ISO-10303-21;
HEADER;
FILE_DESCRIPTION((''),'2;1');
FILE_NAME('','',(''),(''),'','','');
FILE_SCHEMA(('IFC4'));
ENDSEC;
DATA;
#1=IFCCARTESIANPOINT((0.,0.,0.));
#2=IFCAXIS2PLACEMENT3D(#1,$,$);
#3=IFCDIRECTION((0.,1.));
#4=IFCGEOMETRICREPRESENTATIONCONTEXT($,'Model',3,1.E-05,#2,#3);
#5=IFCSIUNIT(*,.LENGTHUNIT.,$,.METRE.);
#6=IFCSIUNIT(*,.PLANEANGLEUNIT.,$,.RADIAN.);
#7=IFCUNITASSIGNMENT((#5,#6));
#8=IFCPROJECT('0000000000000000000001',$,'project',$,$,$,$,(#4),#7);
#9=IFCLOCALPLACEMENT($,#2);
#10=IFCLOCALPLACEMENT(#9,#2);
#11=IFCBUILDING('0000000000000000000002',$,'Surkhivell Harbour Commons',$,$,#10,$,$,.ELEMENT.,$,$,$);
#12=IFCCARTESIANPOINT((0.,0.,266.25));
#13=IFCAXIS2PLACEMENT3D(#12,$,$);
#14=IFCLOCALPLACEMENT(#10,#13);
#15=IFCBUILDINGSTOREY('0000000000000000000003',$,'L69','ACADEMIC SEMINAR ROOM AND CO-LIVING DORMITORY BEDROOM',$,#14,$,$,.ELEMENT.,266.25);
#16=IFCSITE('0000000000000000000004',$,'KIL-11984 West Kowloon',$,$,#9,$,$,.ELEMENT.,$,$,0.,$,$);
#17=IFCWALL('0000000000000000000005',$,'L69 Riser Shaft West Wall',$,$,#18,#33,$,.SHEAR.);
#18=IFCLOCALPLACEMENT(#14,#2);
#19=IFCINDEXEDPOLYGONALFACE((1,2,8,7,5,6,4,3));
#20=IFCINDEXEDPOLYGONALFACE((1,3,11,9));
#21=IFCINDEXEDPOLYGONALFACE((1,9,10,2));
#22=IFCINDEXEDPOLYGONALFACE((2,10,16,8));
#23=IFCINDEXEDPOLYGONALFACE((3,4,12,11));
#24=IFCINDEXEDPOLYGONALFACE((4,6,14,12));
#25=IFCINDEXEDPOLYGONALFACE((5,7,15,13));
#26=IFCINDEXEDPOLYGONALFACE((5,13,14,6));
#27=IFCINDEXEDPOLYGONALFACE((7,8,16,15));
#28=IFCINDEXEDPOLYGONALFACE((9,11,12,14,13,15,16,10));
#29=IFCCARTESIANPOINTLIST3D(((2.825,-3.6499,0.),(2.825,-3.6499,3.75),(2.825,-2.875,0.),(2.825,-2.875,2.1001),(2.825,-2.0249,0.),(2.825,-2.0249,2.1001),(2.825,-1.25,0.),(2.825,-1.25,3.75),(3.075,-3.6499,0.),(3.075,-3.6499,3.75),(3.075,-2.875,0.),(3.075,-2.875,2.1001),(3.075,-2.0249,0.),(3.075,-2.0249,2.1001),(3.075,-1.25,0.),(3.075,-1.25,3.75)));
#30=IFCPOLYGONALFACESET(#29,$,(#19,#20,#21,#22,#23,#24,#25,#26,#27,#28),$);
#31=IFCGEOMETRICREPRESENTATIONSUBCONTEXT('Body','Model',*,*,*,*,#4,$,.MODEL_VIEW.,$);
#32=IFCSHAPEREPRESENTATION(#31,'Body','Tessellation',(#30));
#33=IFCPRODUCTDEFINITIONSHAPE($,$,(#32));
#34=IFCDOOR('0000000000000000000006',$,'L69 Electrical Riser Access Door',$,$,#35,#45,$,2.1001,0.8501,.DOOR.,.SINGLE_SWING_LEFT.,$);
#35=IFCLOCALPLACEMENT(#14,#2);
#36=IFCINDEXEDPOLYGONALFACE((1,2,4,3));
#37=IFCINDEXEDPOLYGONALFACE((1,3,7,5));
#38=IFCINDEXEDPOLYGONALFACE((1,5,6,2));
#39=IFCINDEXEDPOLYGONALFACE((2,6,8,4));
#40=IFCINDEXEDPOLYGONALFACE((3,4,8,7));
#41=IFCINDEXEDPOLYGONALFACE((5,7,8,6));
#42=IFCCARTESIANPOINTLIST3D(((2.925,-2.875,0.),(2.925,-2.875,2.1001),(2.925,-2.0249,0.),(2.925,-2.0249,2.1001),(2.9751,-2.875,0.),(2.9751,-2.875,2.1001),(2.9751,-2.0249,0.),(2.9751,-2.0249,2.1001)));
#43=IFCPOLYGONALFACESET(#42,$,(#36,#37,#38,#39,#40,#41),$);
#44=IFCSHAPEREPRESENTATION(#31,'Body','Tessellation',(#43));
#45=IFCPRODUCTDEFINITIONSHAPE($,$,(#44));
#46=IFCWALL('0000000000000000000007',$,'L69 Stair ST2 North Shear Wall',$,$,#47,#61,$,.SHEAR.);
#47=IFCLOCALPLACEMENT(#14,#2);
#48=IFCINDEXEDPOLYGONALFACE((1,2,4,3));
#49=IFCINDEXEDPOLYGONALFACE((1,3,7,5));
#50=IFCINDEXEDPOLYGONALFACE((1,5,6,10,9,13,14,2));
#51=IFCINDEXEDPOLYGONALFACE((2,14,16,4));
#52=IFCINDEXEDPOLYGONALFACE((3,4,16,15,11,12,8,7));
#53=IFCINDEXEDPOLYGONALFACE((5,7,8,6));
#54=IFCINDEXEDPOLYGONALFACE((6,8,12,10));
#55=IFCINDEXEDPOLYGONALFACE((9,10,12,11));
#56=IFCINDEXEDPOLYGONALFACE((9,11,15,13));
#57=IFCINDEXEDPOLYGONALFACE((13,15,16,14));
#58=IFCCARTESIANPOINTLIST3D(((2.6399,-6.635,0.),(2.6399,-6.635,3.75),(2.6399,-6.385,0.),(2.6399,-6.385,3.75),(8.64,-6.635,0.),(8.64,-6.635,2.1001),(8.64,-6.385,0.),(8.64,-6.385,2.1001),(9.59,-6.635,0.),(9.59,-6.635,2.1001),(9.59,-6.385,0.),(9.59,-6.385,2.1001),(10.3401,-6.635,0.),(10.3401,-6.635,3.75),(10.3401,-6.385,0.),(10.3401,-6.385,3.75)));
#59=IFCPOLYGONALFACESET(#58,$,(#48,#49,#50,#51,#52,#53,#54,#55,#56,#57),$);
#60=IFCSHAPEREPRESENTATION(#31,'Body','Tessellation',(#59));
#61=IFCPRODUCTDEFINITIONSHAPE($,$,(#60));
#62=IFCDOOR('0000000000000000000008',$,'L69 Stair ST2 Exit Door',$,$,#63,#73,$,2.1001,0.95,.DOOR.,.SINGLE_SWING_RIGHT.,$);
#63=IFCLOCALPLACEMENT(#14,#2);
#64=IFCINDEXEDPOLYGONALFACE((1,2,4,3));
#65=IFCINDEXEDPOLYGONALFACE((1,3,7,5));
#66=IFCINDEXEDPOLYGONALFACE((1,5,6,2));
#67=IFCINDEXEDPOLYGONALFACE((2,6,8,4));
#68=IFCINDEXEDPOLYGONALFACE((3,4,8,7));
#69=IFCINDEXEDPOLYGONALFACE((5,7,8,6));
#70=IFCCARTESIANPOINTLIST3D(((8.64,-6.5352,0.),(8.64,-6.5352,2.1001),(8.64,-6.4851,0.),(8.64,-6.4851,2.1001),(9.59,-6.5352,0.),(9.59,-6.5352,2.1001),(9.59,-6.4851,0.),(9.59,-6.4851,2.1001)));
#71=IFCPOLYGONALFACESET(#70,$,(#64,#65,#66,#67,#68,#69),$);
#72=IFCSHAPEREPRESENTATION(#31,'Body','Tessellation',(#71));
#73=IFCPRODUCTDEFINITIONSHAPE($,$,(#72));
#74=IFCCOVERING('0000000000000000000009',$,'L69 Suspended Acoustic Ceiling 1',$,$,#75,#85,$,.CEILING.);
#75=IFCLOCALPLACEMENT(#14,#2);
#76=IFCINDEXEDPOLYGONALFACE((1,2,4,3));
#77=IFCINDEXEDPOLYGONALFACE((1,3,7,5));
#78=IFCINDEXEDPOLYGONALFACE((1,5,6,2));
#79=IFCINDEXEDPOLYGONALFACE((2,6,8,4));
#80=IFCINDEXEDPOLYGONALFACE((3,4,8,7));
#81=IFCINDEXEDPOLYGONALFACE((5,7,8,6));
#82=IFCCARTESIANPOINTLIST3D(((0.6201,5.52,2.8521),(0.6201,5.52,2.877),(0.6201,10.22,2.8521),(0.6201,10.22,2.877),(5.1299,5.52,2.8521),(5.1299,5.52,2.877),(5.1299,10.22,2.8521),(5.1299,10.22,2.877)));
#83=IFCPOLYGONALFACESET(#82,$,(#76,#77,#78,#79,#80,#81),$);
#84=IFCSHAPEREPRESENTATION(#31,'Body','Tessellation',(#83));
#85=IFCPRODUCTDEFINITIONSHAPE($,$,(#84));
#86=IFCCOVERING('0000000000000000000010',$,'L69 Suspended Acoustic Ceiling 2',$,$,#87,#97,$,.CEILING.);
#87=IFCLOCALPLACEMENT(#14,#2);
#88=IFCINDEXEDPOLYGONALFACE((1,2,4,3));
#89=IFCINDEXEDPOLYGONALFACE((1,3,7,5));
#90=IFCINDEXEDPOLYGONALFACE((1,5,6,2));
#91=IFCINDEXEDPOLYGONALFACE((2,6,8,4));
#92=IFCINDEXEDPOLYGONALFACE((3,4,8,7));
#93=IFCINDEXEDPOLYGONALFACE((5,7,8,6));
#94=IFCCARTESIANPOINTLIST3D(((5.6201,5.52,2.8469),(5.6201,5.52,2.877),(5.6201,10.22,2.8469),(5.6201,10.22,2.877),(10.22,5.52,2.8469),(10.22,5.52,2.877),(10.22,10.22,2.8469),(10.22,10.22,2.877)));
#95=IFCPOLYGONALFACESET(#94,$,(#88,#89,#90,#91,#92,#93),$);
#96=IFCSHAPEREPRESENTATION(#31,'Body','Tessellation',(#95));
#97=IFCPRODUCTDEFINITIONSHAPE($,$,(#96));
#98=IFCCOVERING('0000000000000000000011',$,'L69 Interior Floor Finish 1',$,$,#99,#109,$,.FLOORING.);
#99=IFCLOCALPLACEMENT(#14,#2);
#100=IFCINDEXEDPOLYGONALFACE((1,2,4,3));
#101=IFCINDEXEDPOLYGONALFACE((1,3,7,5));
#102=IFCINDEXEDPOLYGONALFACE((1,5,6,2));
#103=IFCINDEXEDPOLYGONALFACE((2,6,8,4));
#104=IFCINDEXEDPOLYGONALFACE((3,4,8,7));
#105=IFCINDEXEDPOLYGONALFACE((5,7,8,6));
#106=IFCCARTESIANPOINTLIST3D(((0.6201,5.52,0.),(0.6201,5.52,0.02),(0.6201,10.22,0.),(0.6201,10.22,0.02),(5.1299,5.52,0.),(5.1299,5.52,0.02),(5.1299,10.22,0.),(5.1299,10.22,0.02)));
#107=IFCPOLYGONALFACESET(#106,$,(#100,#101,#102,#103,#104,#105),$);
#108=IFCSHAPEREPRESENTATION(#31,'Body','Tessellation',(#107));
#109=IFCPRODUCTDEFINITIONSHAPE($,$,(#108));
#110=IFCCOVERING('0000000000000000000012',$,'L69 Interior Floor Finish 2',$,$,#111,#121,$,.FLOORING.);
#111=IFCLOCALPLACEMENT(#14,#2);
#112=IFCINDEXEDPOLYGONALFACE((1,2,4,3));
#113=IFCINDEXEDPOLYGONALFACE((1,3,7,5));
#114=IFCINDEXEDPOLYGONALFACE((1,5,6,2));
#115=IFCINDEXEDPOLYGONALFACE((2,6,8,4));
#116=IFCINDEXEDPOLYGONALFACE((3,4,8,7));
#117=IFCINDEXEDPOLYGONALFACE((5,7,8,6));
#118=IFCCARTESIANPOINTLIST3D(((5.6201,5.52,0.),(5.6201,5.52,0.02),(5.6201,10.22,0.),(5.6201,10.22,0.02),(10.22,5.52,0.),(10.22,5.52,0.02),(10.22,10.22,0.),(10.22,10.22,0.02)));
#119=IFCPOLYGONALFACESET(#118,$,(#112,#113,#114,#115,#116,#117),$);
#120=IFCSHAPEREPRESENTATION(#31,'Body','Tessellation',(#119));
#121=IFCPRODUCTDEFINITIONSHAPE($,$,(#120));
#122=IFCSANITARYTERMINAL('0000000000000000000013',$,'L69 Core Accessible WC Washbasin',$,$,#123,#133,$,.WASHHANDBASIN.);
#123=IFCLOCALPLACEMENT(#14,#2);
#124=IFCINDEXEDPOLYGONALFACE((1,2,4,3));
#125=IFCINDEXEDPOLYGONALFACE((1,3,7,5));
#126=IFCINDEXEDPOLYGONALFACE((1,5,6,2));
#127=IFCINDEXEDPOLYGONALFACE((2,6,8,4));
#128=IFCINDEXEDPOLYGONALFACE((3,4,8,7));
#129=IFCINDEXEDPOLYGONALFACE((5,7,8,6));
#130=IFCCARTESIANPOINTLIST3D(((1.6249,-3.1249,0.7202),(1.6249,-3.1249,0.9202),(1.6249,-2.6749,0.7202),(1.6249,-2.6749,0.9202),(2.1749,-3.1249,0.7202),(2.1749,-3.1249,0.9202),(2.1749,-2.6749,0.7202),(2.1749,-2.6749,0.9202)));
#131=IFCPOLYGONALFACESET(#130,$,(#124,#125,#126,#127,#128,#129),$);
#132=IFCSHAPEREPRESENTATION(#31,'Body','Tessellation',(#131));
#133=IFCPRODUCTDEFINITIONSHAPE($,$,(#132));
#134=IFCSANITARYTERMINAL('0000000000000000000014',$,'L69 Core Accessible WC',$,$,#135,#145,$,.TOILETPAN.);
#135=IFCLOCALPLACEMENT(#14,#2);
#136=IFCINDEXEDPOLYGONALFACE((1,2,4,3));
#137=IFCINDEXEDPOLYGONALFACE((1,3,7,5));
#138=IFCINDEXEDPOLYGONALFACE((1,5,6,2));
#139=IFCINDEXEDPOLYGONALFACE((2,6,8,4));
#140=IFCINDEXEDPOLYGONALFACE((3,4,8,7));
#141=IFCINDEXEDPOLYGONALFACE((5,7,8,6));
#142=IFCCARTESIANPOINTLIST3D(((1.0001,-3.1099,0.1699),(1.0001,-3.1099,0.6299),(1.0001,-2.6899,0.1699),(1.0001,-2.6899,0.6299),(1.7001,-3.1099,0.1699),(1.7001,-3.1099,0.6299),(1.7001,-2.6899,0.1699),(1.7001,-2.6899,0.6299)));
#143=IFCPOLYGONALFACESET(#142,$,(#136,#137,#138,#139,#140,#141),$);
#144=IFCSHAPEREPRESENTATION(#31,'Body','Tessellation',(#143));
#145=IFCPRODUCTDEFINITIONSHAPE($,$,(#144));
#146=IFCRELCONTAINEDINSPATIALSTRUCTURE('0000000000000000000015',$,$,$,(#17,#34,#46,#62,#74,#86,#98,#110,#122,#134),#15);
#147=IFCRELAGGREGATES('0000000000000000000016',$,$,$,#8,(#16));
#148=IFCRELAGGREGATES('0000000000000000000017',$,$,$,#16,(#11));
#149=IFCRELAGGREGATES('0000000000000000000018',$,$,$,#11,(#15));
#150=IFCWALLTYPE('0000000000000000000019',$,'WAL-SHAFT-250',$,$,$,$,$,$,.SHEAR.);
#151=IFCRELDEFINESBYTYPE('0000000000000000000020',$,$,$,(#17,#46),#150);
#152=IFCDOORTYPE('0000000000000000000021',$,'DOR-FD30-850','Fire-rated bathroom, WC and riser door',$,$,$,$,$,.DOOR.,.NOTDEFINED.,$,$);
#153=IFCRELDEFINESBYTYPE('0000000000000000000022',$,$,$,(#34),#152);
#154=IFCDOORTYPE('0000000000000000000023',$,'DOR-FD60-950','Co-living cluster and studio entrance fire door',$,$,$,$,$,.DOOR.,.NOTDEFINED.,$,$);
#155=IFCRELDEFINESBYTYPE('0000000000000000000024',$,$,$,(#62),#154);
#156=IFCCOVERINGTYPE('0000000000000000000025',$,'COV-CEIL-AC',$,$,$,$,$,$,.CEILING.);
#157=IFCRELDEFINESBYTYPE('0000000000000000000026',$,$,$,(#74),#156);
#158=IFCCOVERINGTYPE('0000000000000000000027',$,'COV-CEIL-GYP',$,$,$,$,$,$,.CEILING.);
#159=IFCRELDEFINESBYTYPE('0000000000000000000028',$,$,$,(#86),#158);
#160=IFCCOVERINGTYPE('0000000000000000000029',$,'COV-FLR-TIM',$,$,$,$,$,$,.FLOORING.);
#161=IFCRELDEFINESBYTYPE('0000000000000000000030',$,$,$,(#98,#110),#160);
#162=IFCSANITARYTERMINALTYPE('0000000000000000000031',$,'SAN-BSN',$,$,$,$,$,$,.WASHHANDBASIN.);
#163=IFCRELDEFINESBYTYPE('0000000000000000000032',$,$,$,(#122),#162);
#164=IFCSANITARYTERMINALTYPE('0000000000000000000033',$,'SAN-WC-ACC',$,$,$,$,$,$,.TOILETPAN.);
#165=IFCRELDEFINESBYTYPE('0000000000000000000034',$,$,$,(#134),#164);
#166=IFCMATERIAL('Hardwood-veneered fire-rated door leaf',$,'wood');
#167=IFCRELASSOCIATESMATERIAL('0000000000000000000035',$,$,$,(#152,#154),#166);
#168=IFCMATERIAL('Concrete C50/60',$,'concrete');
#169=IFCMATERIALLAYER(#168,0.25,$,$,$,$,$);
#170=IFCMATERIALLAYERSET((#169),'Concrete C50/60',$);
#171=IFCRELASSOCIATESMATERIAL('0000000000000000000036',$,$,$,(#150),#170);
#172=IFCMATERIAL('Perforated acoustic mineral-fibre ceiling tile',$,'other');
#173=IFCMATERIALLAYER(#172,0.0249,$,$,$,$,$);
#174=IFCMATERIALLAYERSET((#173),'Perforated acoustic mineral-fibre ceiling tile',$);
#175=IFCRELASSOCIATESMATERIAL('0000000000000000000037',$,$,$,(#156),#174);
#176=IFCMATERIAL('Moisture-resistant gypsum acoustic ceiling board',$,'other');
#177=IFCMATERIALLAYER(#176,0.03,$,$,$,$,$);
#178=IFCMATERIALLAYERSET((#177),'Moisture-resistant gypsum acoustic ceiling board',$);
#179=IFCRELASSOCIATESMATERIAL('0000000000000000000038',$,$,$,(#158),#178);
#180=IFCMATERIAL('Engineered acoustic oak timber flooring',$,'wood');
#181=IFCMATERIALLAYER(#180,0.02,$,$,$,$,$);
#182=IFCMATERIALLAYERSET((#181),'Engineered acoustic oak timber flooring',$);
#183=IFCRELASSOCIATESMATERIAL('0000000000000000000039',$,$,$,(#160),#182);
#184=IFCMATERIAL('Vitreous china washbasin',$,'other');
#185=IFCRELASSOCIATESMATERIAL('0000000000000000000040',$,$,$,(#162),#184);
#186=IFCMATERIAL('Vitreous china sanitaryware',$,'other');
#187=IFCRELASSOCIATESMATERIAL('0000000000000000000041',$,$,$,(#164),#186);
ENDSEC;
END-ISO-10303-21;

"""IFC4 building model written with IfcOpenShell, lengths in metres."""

from ifc_helpers import new_model, si_unit, direction, frame, frame_2d, origin, origin_2d, place, context, subcontext, project, spatial, polyline, rectangle, outline, extrude, material, layer, layer_set, type_object, element, fill, save


model = new_model("IFC4")

# Units and contexts
model_context = context("Model", 3, precision=1e-05, world=origin(), true_north=direction((0.0, 1.0)))
body_context = subcontext(model_context, "Body", "Model", "MODEL_VIEW")
ifc_project = project(units=[si_unit("LENGTHUNIT", "METRE"), si_unit("PLANEANGLEUNIT", "RADIAN")], contexts=[model_context])

# Site, building, storey
site_placement = place(None, origin())
site = spatial("IfcSite", under=ifc_project, at=site_placement, Name="KIL-11984 West Kowloon", CompositionType="ELEMENT", RefElevation=0.0)
building_placement = place(site_placement, origin())
building = spatial("IfcBuilding", under=site, at=building_placement, Name="Surkhivell Harbour Commons", CompositionType="ELEMENT")
storey_placement = place(building_placement, frame((0.0, 0.0, 266.25)))
storey = spatial("IfcBuildingStorey", under=building, at=storey_placement, Name="L69", Description="ACADEMIC SEMINAR ROOM AND CO-LIVING DORMITORY BEDROOM", CompositionType="ELEMENT", Elevation=266.25)

# Shared definitions
ifc_material_1 = material(Name="Hardwood-veneered fire-rated door leaf", Category="wood")
door_type_1 = type_object("IfcDoorType", Name="DOR-FD30-850", Description="Fire-rated bathroom, WC and riser door", OperationType="NOTDEFINED", PredefinedType="DOOR", material=ifc_material_1)

# Shared definitions
ifc_material_2 = material(Name="Concrete C50/60", Category="concrete")
ifc_layer_1 = layer(ifc_material_2, 0.25)
ifc_layer_set_1 = layer_set([ifc_layer_1], Name="Concrete C50/60")
wall_type_1 = type_object("IfcWallType", Name="WAL-SHAFT-250", PredefinedType="SHEAR", material=ifc_layer_set_1)

# Walls, openings, doors
wall_1_placement = place(storey_placement, frame((2.95, -3.6499, 0.0), z_axis=(0.0, 0.0, 1.0), x_axis=(0.0, 1.0, 0.0)))
wall_1 = element("IfcWall", 1, at=wall_1_placement, inside=storey, type_object=wall_type_1, Name="L69 Riser Shaft West Wall", PredefinedType="SHEAR", context=body_context, shape_type="SweptSolid", body=[
    extrude(rectangle(XDim=2.3999, YDim=0.25, at=frame_2d((1.2, 0.0))), origin(), (0.0, 0.0, 1.0), 3.75),
])
opening_1_placement = place(wall_1_placement, frame((0.7749, 0.0, 0.0)))
opening_1 = element("IfcOpeningElement", 2, at=opening_1_placement, cuts=wall_1, PredefinedType="OPENING", context=body_context, shape_type="SweptSolid", body=[
    extrude(rectangle(XDim=0.8501, YDim=2.1001, at=frame_2d((0.425, 1.05))), frame((0.0, 0.135, 0.0), z_axis=(0.0, -1.0, 0.0), x_axis=(1.0, 0.0, 0.0)), (0.0, 0.0, 1.0), 0.27),
])
door_1_placement = place(opening_1_placement, origin())
door_1 = element("IfcDoor", 3, at=door_1_placement, inside=storey, type_object=door_type_1, Name="L69 Electrical Riser Access Door", OperationType="SINGLE_SWING_LEFT", OverallHeight=2.1001, OverallWidth=0.8501, PredefinedType="DOOR", context=body_context, shape_type="SweptSolid", body=[
    extrude(rectangle(XDim=0.8501, YDim=2.1001, at=frame_2d((0.425, 1.05))), frame((0.0, 0.0249, 0.0), z_axis=(0.0, -1.0, 0.0), x_axis=(1.0, 0.0, 0.0)), (0.0, 0.0, 1.0), 0.05),
])
fill(opening_1, door_1)
wall_2_placement = place(storey_placement, frame((2.6399, -6.51, 0.0), z_axis=(0.0, 0.0, 1.0), x_axis=(1.0, 0.0, 0.0)))
wall_2 = element("IfcWall", 4, at=wall_2_placement, inside=storey, type_object=wall_type_1, Name="L69 Stair ST2 North Shear Wall", PredefinedType="SHEAR", context=body_context, shape_type="SweptSolid", body=[
    extrude(rectangle(XDim=7.7002, YDim=0.25, at=frame_2d((3.8501, 0.0))), origin(), (0.0, 0.0, 1.0), 3.75),
])
opening_2_placement = place(wall_2_placement, frame((6.0, 0.0, 0.0)))
opening_2 = element("IfcOpeningElement", 5, at=opening_2_placement, cuts=wall_2, PredefinedType="OPENING", context=body_context, shape_type="SweptSolid", body=[
    extrude(rectangle(XDim=0.95, YDim=2.1001, at=frame_2d((0.4751, 1.05))), frame((0.0, 0.135, 0.0), z_axis=(0.0, -1.0, 0.0), x_axis=(1.0, 0.0, 0.0)), (0.0, 0.0, 1.0), 0.27),
])
door_type_2 = type_object("IfcDoorType", Name="DOR-FD60-950", Description="Co-living cluster and studio entrance fire door", OperationType="NOTDEFINED", PredefinedType="DOOR", material=ifc_material_1)
door_2_placement = place(opening_2_placement, origin())
door_2 = element("IfcDoor", 6, at=door_2_placement, inside=storey, type_object=door_type_2, Name="L69 Stair ST2 Exit Door", OperationType="SINGLE_SWING_RIGHT", OverallHeight=2.1001, OverallWidth=0.95, PredefinedType="DOOR", context=body_context, shape_type="SweptSolid", body=[
    extrude(rectangle(XDim=0.95, YDim=2.1001, at=frame_2d((0.4751, 1.05))), frame((0.0, 0.0249, 0.0), z_axis=(0.0, -1.0, 0.0), x_axis=(1.0, 0.0, 0.0)), (0.0, 0.0, 1.0), 0.05),
])
fill(opening_2, door_2)

# Coverings
ifc_material_3 = material(Name="Perforated acoustic mineral-fibre ceiling tile", Category="other")
ifc_layer_2 = layer(ifc_material_3, 0.0249)
ifc_layer_set_2 = layer_set([ifc_layer_2], Name="Perforated acoustic mineral-fibre ceiling tile")
covering_type_1 = type_object("IfcCoveringType", Name="COV-CEIL-AC", PredefinedType="CEILING", material=ifc_layer_set_2)
covering_1_placement = place(storey_placement, frame((0.0, 0.0, 2.8521)))
element("IfcCovering", 7, at=covering_1_placement, inside=storey, type_object=covering_type_1, Name="L69 Suspended Acoustic Ceiling 1", PredefinedType="CEILING", context=body_context, shape_type="SweptSolid", body=[
    extrude(outline(polyline([(0.6201, 5.52), (5.1299, 5.52), (5.1299, 10.22), (0.6201, 10.22), (0.6201, 5.52)])), origin(), (0.0, 0.0, 1.0), 0.0249),
])
ifc_material_4 = material(Name="Moisture-resistant gypsum acoustic ceiling board", Category="other")
ifc_layer_3 = layer(ifc_material_4, 0.03)
ifc_layer_set_3 = layer_set([ifc_layer_3], Name="Moisture-resistant gypsum acoustic ceiling board")
covering_type_2 = type_object("IfcCoveringType", Name="COV-CEIL-GYP", PredefinedType="CEILING", material=ifc_layer_set_3)
covering_2_placement = place(storey_placement, frame((0.0, 0.0, 2.8469)))
element("IfcCovering", 8, at=covering_2_placement, inside=storey, type_object=covering_type_2, Name="L69 Suspended Acoustic Ceiling 2", PredefinedType="CEILING", context=body_context, shape_type="SweptSolid", body=[
    extrude(outline(polyline([(5.6201, 5.52), (10.22, 5.52), (10.22, 10.22), (5.6201, 10.22), (5.6201, 5.52)])), origin(), (0.0, 0.0, 1.0), 0.03),
])
ifc_material_5 = material(Name="Engineered acoustic oak timber flooring", Category="wood")
ifc_layer_4 = layer(ifc_material_5, 0.02)
ifc_layer_set_4 = layer_set([ifc_layer_4], Name="Engineered acoustic oak timber flooring")
covering_type_3 = type_object("IfcCoveringType", Name="COV-FLR-TIM", PredefinedType="FLOORING", material=ifc_layer_set_4)
covering_3_placement = place(storey_placement, origin())
element("IfcCovering", 9, at=covering_3_placement, inside=storey, type_object=covering_type_3, Name="L69 Interior Floor Finish 1", PredefinedType="FLOORING", context=body_context, shape_type="SweptSolid", body=[
    extrude(outline(polyline([(0.6201, 5.52), (5.1299, 5.52), (5.1299, 10.22), (0.6201, 10.22), (0.6201, 5.52)])), origin(), (0.0, 0.0, 1.0), 0.02),
])
covering_4_placement = place(storey_placement, origin())
element("IfcCovering", 10, at=covering_4_placement, inside=storey, type_object=covering_type_3, Name="L69 Interior Floor Finish 2", PredefinedType="FLOORING", context=body_context, shape_type="SweptSolid", body=[
    extrude(outline(polyline([(5.6201, 5.52), (10.22, 5.52), (10.22, 10.22), (5.6201, 10.22), (5.6201, 5.52)])), origin(), (0.0, 0.0, 1.0), 0.02),
])

# Sanitary terminals
ifc_material_6 = material(Name="Vitreous china washbasin", Category="other")
sanitary_terminal_type_1 = type_object("IfcSanitaryTerminalType", Name="SAN-BSN", PredefinedType="WASHHANDBASIN", material=ifc_material_6)
sanitary_terminal_1_placement = place(storey_placement, frame((1.8999, -2.8999, 0.7202), z_axis=(0.0, 0.0, 1.0), x_axis=(1.0, 0.0, 0.0)))
element("IfcSanitaryTerminal", 11, at=sanitary_terminal_1_placement, inside=storey, type_object=sanitary_terminal_type_1, Name="L69 Core Accessible WC Washbasin", PredefinedType="WASHHANDBASIN", context=body_context, shape_type="SweptSolid", body=[
    extrude(rectangle(XDim=0.55, YDim=0.45, at=origin_2d()), origin(), (0.0, 0.0, 1.0), 0.2),
])
ifc_material_7 = material(Name="Vitreous china sanitaryware", Category="other")
sanitary_terminal_type_2 = type_object("IfcSanitaryTerminalType", Name="SAN-WC-ACC", PredefinedType="TOILETPAN", material=ifc_material_7)
sanitary_terminal_2_placement = place(storey_placement, frame((1.3501, -2.8999, 0.1699), z_axis=(0.0, 0.0, 1.0), x_axis=(1.0, 0.0, 0.0)))
element("IfcSanitaryTerminal", 12, at=sanitary_terminal_2_placement, inside=storey, type_object=sanitary_terminal_type_2, Name="L69 Core Accessible WC", PredefinedType="TOILETPAN", context=body_context, shape_type="SweptSolid", body=[
    extrude(rectangle(XDim=0.7, YDim=0.4199, at=origin_2d()), origin(), (0.0, 0.0, 1.0), 0.46),
])

save(model, "model.ifc")
